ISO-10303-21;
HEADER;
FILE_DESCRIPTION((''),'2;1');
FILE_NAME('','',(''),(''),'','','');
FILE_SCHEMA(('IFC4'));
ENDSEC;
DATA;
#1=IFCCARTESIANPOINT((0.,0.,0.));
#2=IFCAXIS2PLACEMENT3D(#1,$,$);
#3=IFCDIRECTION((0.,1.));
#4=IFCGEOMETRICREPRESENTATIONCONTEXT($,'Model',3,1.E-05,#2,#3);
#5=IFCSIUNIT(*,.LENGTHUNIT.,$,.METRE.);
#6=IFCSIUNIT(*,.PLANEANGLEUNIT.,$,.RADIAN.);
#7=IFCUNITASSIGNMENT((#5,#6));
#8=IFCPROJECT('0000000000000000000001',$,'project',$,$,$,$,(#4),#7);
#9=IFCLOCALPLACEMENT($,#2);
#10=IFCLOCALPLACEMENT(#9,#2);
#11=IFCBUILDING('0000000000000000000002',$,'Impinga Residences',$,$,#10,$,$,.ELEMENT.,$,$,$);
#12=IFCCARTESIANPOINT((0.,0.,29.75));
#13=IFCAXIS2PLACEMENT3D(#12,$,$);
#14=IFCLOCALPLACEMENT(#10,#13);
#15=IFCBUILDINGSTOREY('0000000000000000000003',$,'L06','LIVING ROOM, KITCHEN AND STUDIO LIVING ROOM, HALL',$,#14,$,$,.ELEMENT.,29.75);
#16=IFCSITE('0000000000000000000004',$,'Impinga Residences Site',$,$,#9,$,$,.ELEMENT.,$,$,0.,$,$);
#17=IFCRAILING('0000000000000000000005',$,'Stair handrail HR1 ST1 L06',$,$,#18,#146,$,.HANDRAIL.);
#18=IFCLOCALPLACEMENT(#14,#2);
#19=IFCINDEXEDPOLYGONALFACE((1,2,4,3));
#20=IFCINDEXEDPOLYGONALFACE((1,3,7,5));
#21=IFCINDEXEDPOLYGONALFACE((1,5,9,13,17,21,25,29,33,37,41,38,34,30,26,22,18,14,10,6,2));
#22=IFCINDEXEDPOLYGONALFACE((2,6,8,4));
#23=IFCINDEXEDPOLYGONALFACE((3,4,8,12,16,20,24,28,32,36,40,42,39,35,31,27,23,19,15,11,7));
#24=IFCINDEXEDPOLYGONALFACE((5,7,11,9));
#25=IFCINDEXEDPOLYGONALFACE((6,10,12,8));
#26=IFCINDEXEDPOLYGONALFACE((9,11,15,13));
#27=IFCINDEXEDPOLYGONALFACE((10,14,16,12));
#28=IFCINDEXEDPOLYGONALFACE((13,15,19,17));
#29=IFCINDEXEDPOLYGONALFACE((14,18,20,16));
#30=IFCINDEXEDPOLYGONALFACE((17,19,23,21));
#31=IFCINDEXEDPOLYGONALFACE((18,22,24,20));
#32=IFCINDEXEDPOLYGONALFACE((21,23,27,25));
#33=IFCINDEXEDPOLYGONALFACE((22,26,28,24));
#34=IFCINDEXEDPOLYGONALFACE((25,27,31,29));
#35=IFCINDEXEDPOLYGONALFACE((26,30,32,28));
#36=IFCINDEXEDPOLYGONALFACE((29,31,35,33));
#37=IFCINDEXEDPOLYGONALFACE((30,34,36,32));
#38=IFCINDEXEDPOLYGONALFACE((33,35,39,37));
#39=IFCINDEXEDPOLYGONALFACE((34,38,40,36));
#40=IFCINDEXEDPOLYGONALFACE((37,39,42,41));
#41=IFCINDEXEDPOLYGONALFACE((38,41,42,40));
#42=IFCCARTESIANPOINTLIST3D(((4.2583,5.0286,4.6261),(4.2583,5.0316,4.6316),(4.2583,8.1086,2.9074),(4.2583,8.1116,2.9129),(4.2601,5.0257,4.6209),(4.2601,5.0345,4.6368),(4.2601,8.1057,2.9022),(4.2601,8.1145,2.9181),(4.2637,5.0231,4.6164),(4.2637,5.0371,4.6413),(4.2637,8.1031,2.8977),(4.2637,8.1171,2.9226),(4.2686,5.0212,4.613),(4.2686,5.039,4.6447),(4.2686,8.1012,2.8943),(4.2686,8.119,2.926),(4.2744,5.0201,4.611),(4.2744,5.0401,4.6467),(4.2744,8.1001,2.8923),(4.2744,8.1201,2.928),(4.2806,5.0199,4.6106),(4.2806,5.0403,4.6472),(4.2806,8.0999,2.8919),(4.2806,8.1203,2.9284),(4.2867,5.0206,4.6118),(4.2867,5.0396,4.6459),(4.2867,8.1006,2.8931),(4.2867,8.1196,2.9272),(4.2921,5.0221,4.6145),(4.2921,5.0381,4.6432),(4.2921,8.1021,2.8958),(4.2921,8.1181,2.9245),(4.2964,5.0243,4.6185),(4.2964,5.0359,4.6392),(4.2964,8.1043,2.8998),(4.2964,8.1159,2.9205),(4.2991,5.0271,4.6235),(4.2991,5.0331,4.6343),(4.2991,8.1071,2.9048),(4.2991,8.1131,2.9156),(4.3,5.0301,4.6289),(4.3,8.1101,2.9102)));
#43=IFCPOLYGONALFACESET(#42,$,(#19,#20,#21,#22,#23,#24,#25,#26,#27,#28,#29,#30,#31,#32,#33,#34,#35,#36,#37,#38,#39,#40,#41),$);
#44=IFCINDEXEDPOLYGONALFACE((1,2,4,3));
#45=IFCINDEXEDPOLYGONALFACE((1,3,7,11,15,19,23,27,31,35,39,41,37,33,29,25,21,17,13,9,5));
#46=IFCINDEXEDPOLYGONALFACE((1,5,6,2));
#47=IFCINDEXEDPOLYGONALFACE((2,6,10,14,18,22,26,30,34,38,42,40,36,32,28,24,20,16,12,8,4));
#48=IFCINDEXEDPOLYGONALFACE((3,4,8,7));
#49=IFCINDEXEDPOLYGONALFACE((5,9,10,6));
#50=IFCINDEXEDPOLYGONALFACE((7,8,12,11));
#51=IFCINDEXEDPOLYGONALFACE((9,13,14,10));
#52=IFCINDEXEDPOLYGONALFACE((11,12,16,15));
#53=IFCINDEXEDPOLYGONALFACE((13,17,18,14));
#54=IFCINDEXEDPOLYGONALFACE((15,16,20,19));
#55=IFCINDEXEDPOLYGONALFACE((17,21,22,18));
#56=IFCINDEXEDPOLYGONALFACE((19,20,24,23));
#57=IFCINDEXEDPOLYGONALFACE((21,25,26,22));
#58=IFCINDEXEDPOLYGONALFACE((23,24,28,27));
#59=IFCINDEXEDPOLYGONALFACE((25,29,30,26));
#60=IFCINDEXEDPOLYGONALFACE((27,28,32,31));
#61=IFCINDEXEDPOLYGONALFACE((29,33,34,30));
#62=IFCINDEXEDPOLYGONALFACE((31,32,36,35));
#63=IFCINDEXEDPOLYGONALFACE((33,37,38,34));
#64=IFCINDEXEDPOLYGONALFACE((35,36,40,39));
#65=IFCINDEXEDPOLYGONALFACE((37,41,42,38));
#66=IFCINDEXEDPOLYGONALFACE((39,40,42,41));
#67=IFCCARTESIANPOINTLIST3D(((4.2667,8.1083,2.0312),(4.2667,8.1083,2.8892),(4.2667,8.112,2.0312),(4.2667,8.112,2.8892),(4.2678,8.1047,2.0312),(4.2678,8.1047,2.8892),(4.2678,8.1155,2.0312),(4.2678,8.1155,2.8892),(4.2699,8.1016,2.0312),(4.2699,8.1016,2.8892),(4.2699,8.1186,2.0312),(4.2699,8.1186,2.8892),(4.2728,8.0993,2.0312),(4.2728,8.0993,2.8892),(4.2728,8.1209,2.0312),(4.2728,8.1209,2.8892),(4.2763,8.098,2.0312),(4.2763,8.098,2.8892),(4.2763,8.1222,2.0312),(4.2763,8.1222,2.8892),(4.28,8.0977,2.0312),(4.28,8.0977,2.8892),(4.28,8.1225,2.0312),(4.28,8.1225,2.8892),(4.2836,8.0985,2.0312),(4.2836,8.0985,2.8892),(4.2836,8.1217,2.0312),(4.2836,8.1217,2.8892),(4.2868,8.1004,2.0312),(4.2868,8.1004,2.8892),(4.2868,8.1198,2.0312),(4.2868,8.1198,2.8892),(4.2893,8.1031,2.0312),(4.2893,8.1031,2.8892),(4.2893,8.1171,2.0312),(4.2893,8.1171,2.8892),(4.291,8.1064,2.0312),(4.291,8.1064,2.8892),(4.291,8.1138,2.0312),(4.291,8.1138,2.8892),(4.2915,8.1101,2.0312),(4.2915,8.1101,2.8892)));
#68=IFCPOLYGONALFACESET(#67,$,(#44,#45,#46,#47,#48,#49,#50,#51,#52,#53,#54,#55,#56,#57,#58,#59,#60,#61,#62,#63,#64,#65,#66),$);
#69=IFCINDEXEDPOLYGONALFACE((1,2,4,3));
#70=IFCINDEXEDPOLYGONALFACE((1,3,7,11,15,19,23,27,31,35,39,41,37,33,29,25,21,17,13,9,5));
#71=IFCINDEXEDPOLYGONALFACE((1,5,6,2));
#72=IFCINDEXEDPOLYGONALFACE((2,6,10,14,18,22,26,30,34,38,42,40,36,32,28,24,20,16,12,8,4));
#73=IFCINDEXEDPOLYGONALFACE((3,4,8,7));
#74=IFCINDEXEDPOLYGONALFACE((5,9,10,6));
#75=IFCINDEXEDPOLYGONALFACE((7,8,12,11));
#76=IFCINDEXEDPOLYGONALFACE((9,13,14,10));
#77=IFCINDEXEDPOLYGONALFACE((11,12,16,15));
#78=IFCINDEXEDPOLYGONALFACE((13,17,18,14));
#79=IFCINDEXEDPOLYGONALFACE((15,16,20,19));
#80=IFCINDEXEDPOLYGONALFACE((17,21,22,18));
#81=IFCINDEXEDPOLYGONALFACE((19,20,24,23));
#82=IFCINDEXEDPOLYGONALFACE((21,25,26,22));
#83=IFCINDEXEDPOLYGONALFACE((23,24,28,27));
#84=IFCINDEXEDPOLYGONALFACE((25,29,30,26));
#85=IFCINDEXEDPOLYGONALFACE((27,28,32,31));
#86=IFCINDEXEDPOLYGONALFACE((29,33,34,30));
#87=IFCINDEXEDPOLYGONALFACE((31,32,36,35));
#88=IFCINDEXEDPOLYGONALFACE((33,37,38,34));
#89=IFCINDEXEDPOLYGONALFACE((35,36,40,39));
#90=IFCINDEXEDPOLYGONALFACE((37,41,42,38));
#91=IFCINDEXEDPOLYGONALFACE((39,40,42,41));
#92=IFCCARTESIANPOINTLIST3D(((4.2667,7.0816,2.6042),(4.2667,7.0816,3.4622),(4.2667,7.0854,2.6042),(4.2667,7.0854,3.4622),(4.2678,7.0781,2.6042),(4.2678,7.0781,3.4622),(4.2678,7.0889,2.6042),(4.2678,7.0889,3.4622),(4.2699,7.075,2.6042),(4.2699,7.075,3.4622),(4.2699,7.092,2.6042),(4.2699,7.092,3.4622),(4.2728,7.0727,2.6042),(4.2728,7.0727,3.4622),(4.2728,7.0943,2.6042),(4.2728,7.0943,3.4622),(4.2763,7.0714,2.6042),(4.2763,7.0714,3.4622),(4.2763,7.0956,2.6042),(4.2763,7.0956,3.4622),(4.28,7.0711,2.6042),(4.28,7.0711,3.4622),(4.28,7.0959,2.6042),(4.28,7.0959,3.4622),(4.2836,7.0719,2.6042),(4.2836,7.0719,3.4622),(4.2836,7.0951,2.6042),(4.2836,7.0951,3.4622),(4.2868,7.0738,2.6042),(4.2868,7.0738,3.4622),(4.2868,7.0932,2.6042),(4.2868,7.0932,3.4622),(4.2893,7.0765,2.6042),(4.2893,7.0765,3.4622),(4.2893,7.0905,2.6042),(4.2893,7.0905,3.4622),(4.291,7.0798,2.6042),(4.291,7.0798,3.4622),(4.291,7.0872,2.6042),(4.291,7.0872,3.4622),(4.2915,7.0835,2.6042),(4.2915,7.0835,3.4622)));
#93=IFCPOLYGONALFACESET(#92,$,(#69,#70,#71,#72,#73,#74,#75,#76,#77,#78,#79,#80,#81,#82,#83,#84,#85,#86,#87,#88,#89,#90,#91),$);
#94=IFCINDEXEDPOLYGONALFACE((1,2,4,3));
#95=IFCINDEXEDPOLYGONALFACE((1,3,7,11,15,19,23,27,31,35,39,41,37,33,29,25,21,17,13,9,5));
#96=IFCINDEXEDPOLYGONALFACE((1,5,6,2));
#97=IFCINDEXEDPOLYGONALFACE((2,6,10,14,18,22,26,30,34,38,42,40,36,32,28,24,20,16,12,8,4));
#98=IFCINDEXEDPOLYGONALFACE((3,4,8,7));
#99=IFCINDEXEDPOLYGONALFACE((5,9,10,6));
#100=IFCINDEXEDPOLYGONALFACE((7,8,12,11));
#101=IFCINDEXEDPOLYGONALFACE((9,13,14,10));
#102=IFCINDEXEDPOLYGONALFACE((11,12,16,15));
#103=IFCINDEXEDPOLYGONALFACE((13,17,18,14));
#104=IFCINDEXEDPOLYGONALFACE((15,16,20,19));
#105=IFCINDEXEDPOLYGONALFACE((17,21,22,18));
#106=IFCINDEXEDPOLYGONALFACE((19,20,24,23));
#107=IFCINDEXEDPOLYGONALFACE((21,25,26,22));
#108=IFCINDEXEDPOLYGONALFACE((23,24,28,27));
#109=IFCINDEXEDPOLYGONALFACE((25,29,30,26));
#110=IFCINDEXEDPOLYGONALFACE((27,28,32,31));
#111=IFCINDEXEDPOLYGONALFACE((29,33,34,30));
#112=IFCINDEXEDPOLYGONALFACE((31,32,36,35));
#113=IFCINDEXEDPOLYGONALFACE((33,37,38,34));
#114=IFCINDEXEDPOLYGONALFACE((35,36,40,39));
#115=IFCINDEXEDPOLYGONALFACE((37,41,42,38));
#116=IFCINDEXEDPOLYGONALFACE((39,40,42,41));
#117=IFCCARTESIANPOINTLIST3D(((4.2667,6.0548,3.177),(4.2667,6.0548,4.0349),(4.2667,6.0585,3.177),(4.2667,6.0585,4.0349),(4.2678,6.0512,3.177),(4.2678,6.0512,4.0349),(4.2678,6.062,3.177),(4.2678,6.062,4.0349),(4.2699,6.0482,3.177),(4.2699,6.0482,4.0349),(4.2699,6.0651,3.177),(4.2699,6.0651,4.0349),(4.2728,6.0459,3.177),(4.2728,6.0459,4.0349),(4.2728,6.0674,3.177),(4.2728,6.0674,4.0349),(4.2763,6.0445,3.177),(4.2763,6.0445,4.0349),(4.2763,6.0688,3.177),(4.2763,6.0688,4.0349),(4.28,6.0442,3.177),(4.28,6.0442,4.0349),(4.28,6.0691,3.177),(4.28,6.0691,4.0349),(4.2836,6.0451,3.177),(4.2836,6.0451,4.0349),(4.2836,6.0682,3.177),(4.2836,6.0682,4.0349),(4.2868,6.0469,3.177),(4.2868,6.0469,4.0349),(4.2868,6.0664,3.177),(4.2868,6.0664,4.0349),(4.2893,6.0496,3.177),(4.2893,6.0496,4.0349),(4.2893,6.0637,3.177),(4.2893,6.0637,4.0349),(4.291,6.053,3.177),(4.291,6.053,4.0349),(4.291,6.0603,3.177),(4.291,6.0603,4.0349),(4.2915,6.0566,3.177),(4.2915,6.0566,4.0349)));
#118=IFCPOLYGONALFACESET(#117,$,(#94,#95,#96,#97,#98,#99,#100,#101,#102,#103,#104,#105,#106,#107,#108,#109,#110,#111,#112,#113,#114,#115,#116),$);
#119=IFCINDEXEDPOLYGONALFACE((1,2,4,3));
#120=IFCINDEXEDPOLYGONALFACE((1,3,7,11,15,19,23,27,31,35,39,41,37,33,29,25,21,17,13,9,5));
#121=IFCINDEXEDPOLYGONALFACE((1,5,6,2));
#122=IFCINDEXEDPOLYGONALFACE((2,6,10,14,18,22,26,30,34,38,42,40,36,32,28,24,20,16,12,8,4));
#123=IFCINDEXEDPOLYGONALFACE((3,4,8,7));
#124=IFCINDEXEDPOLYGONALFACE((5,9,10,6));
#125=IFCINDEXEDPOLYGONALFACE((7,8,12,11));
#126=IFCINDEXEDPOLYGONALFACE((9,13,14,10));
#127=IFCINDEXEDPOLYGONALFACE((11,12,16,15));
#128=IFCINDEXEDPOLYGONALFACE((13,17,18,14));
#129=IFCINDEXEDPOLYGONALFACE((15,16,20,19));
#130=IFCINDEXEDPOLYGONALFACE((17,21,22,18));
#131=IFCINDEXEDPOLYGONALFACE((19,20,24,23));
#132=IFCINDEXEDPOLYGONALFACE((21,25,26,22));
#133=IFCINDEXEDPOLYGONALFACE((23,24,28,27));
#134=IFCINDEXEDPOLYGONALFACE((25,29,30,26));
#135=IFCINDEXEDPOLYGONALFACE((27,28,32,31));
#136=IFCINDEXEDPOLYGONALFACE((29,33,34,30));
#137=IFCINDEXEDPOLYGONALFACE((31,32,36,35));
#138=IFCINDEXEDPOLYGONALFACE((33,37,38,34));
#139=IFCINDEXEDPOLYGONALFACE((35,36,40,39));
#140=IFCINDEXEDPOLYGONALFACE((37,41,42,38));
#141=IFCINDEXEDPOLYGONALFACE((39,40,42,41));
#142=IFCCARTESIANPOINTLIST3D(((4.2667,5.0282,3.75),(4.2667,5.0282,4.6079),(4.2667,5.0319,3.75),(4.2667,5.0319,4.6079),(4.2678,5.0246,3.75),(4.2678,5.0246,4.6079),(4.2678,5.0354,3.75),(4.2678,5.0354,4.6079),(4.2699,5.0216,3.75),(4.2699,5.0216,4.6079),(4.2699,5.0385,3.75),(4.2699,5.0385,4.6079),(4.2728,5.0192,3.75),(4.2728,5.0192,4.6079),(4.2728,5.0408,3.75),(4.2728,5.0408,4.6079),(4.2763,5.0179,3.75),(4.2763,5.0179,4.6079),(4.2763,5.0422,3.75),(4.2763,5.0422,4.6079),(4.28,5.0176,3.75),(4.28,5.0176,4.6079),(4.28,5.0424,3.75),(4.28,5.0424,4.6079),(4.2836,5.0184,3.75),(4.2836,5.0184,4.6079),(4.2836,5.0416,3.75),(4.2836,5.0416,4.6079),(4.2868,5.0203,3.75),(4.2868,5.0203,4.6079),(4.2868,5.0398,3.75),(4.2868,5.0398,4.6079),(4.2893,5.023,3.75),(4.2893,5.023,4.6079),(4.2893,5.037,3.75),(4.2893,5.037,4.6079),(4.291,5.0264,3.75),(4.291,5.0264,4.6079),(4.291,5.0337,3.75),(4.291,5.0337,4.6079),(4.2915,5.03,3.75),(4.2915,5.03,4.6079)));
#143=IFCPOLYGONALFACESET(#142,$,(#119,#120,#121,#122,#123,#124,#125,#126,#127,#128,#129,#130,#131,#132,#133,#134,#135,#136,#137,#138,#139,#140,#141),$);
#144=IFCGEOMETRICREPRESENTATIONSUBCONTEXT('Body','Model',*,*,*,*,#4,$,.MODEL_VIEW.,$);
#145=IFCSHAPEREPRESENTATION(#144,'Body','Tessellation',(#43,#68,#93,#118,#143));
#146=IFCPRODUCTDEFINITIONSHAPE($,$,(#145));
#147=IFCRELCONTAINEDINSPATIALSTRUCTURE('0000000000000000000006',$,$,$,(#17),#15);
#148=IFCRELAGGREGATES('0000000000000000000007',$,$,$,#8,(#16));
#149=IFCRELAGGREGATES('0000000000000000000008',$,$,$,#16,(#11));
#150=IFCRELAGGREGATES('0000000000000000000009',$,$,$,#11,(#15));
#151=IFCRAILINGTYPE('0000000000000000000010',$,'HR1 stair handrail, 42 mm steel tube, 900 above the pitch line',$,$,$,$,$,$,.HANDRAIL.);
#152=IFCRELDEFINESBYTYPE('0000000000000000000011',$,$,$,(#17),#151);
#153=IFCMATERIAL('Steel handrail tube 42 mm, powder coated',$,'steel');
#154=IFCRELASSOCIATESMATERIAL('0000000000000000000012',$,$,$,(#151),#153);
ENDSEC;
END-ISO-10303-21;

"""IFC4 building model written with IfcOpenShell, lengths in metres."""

from ifc_helpers import new_model, si_unit, direction, frame, origin, origin_2d, place, context, subcontext, project, spatial, circle, extrude, material, type_object, element, save


model = new_model("IFC4")

# Units and contexts
model_context = context("Model", 3, precision=1e-05, world=origin(), true_north=direction((0.0, 1.0)))
body_context = subcontext(model_context, "Body", "Model", "MODEL_VIEW")
ifc_project = project(units=[si_unit("LENGTHUNIT", "METRE"), si_unit("PLANEANGLEUNIT", "RADIAN")], contexts=[model_context])

# Site, building, storey
site_placement = place(None, origin())
site = spatial("IfcSite", under=ifc_project, at=site_placement, Name="Impinga Residences Site", CompositionType="ELEMENT", RefElevation=0.0)
building_placement = place(site_placement, origin())
building = spatial("IfcBuilding", under=site, at=building_placement, Name="Impinga Residences", CompositionType="ELEMENT")
storey_placement = place(building_placement, frame((0.0, 0.0, 29.75)))
storey = spatial("IfcBuildingStorey", under=building, at=storey_placement, Name="L06", Description="LIVING ROOM, KITCHEN AND STUDIO LIVING ROOM, HALL", CompositionType="ELEMENT", Elevation=29.75)

# Railing
ifc_material_1 = material(Name="Steel handrail tube 42 mm, powder coated", Category="steel")
railing_type_1 = type_object("IfcRailingType", Name="HR1 stair handrail, 42 mm steel tube, 900 above the pitch line", PredefinedType="HANDRAIL", material=ifc_material_1)
railing_1_placement = place(storey_placement, frame((4.2791, 8.1101, 2.0312)))
element("IfcRailing", 1, at=railing_1_placement, inside=storey, type_object=railing_type_1, Name="Stair handrail HR1 ST1 L06", PredefinedType="HANDRAIL", context=body_context, shape_type="SweptSolid", body=[
    extrude(circle(Radius=0.021, at=origin_2d()), frame((0.0, 0.0, 0.8789), z_axis=(0.0, -0.873242, 0.487288), x_axis=(1.0, 0.0, 0.0)), (0.0, 0.0, 1.0), 3.5271),
    extrude(circle(Radius=0.0125, at=origin_2d()), origin(), (0.0, 0.0, 1.0), 0.8579),
    extrude(circle(Radius=0.0125, at=origin_2d()), frame((0.0, -1.0266, 0.573)), (0.0, 0.0, 1.0), 0.8579),
    extrude(circle(Radius=0.0125, at=origin_2d()), frame((0.0, -2.0535, 1.1458)), (0.0, 0.0, 1.0), 0.8579),
    extrude(circle(Radius=0.0125, at=origin_2d()), frame((0.0, -3.0801, 1.7188)), (0.0, 0.0, 1.0), 0.8579),
])

save(model, "model.ifc")
